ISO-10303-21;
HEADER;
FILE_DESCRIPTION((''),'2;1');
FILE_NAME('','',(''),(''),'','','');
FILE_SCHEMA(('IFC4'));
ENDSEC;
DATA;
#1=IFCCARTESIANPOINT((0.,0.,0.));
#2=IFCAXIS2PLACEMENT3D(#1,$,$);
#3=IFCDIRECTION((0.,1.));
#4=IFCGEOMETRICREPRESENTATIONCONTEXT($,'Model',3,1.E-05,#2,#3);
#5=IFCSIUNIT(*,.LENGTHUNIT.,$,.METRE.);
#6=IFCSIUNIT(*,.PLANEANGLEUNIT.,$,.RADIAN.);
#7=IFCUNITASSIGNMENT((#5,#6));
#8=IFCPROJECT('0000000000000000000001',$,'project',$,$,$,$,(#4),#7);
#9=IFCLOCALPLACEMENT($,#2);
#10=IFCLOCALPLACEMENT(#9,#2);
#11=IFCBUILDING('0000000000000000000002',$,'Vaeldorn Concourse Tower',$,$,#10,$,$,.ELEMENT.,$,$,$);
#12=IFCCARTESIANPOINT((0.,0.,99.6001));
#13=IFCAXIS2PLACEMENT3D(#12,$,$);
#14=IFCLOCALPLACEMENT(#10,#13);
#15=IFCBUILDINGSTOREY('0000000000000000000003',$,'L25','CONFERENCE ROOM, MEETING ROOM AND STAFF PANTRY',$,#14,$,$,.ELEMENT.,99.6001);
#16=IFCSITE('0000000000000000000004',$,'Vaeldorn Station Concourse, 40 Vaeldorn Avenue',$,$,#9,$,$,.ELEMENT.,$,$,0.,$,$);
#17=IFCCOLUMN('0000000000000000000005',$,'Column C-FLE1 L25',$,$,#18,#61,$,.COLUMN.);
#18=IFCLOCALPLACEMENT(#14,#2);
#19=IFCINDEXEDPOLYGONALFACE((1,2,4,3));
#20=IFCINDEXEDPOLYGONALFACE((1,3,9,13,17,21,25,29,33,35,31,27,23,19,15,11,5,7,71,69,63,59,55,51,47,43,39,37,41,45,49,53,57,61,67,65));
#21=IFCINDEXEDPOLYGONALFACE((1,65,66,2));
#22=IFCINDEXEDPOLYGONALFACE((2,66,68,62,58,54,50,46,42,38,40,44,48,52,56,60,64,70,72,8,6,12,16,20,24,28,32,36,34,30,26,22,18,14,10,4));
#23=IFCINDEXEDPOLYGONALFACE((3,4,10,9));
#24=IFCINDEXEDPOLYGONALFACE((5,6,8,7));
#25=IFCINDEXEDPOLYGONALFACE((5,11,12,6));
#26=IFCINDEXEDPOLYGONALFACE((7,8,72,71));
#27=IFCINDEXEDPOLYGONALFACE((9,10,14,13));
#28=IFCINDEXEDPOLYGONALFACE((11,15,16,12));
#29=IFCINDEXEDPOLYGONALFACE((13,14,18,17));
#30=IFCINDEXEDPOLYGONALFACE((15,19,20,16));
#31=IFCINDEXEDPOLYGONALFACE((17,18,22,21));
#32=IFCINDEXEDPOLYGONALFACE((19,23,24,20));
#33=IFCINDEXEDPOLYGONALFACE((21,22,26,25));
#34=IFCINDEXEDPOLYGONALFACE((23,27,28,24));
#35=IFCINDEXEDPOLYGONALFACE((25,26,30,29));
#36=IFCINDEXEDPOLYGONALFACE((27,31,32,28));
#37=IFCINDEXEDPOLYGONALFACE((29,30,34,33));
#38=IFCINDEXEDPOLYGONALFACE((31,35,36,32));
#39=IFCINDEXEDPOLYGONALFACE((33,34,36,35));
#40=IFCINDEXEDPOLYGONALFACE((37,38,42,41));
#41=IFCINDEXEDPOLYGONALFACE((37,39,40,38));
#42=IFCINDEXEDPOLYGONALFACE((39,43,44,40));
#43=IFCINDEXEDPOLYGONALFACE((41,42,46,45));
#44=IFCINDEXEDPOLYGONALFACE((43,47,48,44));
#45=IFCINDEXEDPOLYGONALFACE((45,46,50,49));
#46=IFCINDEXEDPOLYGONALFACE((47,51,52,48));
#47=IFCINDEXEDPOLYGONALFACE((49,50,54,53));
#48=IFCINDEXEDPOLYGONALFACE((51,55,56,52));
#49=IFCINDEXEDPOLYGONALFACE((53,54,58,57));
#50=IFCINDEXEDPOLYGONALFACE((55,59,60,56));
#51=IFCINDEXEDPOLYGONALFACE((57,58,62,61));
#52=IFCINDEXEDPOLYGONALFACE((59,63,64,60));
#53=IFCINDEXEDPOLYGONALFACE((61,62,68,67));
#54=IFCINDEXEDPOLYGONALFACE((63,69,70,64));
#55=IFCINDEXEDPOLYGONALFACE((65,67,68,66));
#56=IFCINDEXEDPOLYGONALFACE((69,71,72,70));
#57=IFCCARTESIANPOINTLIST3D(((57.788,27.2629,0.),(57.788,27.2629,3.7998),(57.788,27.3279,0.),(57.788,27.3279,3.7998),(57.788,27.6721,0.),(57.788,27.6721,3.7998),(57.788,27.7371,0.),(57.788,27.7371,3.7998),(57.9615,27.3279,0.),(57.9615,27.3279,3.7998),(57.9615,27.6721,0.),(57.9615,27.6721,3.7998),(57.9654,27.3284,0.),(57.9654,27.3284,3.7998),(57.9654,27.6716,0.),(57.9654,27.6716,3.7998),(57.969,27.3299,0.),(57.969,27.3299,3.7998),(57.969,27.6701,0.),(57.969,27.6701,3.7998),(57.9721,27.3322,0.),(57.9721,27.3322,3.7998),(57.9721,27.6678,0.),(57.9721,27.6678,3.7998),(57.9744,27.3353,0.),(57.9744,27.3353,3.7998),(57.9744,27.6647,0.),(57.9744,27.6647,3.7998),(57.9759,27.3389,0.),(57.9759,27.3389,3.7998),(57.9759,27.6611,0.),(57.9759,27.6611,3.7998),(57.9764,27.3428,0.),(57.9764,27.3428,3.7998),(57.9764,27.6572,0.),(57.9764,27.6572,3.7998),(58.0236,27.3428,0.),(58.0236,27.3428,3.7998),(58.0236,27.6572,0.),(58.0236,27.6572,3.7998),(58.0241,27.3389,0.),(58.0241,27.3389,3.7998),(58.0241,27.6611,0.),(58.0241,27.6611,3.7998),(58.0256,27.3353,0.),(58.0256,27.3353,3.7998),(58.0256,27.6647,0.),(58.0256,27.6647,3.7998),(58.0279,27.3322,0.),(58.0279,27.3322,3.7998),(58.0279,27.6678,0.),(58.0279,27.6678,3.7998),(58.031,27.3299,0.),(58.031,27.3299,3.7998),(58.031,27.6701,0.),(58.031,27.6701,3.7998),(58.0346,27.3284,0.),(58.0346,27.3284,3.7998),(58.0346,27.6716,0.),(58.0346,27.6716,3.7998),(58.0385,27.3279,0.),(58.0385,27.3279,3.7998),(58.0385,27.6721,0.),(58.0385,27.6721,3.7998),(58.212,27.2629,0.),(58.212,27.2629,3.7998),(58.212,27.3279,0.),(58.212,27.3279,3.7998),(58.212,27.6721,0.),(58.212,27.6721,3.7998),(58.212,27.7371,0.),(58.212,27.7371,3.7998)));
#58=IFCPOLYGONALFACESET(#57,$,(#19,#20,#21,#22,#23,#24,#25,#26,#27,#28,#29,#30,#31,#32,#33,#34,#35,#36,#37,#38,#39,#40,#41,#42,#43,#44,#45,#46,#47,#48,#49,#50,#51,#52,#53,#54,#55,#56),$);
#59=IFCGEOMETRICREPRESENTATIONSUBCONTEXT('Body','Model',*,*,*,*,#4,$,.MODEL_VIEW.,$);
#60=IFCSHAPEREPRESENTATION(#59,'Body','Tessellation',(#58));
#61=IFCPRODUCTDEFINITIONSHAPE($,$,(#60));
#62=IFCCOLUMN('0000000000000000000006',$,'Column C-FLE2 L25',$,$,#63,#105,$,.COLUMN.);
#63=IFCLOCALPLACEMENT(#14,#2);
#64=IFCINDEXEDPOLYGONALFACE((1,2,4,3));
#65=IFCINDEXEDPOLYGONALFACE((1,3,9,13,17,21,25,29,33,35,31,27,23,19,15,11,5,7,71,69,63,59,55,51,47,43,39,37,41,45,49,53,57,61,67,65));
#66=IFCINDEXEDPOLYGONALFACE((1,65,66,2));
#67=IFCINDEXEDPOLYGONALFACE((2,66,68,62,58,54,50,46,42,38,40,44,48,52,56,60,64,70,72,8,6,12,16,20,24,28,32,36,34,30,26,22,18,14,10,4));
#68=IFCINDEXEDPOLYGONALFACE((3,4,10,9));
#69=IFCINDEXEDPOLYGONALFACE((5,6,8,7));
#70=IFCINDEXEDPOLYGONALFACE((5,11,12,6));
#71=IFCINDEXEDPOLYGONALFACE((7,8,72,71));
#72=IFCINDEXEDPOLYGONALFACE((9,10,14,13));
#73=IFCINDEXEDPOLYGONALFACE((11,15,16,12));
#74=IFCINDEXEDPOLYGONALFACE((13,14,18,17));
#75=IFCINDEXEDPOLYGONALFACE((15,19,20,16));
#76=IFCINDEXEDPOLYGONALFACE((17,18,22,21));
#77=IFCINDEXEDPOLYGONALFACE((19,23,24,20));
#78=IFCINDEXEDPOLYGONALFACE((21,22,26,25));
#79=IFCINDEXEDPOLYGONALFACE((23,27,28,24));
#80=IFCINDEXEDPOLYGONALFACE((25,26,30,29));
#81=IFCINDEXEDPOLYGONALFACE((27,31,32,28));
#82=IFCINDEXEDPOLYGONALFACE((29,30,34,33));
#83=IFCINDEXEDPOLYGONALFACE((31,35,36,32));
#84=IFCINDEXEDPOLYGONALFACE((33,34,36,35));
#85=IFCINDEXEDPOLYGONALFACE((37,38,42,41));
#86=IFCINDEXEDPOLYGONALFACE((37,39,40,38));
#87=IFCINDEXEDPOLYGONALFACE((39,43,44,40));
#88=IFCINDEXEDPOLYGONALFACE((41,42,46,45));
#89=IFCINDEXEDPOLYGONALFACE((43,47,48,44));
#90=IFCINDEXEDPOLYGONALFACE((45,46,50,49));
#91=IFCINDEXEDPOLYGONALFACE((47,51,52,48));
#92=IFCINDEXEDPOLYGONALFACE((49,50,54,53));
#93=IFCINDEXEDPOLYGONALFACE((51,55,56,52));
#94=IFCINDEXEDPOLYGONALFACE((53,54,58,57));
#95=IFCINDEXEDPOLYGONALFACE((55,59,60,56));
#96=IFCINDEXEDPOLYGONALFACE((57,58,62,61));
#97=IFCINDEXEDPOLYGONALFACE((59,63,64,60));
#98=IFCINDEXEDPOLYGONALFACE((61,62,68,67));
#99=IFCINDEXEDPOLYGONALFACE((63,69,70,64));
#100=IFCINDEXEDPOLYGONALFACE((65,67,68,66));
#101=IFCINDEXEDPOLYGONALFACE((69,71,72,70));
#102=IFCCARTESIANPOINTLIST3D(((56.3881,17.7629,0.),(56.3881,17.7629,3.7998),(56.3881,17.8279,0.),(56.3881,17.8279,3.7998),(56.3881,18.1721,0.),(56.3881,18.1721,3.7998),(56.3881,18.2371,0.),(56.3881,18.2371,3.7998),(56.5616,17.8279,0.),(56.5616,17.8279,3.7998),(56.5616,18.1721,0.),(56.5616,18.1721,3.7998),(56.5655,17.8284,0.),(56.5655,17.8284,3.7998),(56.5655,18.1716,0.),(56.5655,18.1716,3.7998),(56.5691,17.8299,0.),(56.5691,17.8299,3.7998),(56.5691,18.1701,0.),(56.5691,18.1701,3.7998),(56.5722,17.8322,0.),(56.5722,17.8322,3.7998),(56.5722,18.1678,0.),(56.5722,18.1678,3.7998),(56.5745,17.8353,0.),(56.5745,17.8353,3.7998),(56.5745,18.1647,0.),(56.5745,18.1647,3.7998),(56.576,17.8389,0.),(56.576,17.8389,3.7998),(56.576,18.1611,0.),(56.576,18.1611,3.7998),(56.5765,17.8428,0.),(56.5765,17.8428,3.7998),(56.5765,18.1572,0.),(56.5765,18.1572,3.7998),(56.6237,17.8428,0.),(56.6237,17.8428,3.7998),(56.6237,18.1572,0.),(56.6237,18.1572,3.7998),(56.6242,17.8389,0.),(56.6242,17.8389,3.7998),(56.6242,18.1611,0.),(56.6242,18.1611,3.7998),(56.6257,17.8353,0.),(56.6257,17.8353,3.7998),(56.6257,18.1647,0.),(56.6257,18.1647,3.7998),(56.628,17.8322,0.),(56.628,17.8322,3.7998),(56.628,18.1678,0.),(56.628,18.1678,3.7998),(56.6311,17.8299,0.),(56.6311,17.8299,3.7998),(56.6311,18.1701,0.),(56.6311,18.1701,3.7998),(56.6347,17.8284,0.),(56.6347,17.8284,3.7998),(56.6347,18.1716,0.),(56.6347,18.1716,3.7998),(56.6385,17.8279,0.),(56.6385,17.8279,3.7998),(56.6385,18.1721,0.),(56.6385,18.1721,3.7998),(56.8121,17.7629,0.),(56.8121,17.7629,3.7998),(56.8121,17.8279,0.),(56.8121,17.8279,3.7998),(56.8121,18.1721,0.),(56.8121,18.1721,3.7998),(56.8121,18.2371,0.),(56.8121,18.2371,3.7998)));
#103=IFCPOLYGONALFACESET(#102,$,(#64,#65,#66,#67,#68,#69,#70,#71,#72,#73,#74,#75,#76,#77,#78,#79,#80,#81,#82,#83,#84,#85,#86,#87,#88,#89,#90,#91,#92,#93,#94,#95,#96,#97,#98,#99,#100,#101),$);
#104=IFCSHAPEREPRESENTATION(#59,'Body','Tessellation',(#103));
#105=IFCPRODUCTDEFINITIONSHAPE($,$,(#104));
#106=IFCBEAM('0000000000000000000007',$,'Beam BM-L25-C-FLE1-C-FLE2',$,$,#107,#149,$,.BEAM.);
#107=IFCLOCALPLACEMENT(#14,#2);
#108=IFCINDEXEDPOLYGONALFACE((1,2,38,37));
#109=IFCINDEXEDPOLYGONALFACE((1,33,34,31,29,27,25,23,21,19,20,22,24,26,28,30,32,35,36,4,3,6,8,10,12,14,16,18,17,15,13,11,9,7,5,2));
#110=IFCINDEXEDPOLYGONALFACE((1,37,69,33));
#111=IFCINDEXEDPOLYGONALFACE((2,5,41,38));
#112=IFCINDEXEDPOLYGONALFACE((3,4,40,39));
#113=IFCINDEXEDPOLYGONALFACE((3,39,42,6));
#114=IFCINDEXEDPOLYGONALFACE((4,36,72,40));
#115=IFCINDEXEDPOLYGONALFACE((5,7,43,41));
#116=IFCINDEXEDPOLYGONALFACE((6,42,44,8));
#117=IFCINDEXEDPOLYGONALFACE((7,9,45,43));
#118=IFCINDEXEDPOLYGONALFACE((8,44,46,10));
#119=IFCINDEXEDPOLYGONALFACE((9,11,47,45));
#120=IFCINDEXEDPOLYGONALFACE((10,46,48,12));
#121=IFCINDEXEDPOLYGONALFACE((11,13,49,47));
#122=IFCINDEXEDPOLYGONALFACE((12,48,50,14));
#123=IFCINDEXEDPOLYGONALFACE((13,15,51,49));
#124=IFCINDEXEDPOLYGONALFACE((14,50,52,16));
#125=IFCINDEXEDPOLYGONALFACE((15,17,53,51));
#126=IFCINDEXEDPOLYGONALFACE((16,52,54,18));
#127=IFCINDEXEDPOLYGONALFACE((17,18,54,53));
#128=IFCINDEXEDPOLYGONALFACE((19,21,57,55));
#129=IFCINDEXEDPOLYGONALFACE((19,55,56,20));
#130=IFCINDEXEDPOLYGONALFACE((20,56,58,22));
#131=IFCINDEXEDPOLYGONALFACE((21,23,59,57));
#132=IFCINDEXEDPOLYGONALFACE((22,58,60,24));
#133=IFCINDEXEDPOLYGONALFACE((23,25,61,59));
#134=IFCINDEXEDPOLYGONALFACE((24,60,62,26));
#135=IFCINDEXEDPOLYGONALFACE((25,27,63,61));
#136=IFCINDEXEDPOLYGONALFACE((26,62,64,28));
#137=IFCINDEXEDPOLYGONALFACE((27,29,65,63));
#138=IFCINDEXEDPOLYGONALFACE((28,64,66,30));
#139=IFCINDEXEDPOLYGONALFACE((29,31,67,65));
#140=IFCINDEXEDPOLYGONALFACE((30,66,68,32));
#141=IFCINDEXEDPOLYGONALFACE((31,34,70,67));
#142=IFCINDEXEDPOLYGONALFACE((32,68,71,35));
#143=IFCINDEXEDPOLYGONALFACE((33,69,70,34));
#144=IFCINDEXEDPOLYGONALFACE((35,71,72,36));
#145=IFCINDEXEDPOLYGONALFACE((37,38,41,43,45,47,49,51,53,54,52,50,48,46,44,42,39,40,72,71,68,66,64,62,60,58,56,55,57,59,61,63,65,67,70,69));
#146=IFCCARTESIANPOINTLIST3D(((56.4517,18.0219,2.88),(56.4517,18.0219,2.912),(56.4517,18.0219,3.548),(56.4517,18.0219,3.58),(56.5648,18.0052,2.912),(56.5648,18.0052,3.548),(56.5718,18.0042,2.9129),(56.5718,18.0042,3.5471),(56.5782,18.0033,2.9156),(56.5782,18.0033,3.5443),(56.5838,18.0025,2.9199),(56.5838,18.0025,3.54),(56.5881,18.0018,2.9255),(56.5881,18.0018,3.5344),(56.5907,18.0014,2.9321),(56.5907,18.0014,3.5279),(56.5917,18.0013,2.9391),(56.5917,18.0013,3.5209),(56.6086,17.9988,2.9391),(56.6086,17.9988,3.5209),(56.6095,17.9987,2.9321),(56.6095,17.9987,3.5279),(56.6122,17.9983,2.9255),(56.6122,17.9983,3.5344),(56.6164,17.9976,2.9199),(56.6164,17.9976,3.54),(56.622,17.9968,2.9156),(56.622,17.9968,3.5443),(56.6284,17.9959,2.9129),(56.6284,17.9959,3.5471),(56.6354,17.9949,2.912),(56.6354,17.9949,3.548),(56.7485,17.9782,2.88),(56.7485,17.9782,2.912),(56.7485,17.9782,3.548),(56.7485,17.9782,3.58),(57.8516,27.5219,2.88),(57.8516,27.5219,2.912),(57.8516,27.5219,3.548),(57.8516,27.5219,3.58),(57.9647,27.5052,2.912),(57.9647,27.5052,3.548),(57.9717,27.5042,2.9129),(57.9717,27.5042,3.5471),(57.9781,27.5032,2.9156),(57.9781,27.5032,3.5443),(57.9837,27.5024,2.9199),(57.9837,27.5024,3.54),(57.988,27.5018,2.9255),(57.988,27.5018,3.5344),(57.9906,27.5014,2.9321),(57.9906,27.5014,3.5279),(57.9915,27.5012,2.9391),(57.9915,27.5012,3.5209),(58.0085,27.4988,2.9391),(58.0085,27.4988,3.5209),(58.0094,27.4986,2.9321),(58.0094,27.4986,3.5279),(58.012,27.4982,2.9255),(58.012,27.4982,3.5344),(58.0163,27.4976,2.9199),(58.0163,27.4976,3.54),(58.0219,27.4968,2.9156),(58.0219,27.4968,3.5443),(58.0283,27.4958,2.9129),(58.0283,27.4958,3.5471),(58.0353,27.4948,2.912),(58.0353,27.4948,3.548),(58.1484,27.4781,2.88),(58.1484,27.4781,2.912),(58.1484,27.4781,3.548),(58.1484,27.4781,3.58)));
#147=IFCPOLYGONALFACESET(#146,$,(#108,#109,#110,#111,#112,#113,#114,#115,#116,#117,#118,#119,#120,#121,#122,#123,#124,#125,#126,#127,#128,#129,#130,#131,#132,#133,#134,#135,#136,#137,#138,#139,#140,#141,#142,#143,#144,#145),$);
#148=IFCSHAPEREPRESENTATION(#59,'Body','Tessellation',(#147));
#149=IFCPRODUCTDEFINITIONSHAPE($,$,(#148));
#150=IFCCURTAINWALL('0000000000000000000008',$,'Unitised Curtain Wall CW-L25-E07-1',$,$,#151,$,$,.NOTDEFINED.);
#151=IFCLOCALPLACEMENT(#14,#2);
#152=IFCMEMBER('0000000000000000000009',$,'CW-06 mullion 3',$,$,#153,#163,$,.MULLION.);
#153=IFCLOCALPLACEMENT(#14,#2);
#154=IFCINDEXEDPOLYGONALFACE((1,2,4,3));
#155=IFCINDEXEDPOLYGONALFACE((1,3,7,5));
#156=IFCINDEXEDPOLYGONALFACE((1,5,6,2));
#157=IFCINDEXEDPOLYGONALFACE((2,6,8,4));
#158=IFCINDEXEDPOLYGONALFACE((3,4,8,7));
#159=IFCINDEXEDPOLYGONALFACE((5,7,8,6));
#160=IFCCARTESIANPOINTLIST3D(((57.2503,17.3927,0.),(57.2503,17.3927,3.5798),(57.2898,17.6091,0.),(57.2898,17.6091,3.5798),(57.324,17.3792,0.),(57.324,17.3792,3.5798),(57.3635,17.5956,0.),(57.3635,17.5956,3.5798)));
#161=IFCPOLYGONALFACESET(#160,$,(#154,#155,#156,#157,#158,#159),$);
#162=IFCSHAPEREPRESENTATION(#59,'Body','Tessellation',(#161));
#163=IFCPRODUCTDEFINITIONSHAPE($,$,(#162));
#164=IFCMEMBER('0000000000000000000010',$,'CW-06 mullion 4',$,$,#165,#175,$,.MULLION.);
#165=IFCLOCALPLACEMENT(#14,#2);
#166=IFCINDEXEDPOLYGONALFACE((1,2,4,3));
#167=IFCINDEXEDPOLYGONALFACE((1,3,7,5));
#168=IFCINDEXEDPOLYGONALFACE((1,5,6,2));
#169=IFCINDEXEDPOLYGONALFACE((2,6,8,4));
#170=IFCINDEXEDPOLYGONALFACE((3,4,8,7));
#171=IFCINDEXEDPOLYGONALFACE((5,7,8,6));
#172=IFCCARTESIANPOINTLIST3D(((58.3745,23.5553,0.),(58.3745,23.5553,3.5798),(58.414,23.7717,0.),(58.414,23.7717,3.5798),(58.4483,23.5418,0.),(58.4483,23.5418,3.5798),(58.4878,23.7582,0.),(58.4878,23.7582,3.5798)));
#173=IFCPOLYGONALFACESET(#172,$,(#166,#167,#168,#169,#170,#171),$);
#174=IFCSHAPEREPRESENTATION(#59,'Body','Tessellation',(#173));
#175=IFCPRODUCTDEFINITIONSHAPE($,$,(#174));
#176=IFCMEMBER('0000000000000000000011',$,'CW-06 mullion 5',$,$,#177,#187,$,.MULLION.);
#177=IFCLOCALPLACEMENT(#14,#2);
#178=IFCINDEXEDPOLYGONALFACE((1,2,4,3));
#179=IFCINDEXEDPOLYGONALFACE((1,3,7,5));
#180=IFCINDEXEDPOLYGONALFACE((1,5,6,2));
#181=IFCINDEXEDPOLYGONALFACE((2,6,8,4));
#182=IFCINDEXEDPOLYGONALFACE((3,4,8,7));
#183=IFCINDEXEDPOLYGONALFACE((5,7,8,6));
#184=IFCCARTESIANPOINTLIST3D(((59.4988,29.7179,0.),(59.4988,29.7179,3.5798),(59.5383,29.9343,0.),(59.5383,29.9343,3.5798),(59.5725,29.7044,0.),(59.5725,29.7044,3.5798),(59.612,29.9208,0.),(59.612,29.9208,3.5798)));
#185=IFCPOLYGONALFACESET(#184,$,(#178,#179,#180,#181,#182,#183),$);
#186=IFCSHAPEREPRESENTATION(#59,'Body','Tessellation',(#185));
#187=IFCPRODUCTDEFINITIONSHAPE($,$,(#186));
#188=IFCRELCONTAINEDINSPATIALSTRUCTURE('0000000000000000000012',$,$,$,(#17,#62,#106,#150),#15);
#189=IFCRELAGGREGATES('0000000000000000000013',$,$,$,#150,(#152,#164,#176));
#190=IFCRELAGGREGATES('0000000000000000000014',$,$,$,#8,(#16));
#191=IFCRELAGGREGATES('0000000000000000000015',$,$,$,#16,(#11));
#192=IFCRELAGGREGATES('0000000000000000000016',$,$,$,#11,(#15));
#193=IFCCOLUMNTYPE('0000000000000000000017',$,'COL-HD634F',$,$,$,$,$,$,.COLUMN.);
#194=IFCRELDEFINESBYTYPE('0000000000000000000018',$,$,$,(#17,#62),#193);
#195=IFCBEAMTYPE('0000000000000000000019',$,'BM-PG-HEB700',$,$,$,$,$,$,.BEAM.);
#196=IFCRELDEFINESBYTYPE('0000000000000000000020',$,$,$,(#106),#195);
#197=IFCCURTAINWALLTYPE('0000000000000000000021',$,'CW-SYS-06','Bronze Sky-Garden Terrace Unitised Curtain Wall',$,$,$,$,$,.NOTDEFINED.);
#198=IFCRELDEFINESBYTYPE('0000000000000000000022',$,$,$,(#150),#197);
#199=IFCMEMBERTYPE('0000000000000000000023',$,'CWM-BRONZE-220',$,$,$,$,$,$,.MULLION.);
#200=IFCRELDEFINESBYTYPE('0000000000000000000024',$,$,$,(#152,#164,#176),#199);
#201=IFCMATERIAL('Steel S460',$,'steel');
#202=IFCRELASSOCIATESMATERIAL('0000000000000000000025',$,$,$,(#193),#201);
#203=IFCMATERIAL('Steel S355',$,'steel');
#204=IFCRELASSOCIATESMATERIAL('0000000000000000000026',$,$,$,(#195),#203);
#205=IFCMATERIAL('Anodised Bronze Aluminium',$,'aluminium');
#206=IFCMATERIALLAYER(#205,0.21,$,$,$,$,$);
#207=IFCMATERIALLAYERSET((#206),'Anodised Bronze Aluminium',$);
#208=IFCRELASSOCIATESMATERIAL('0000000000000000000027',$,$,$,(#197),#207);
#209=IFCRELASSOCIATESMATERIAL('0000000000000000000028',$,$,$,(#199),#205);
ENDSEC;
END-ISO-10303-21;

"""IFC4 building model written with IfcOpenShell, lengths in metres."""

from ifc_helpers import new_model, si_unit, direction, frame, origin, origin_2d, place, context, subcontext, project, spatial, rectangle, i_section, extrude, source, transform, mapped, material, layer, layer_set, material_profile, profile_set, type_object, element, aggregate, save


model = new_model("IFC4")

# Units and contexts
model_context = context("Model", 3, precision=1e-05, world=origin(), true_north=direction((0.0, 1.0)))
body_context = subcontext(model_context, "Body", "Model", "MODEL_VIEW")
ifc_project = project(units=[si_unit("LENGTHUNIT", "METRE"), si_unit("PLANEANGLEUNIT", "RADIAN")], contexts=[model_context])

# Site, building, storey
site_placement = place(None, origin())
site = spatial("IfcSite", under=ifc_project, at=site_placement, Name="Vaeldorn Station Concourse, 40 Vaeldorn Avenue", CompositionType="ELEMENT", RefElevation=0.0)
building_placement = place(site_placement, origin())
building = spatial("IfcBuilding", under=site, at=building_placement, Name="Vaeldorn Concourse Tower", CompositionType="ELEMENT")
storey_placement = place(building_placement, frame((0.0, 0.0, 99.6001)))
storey = spatial("IfcBuildingStorey", under=building, at=storey_placement, Name="L25", Description="CONFERENCE ROOM, MEETING ROOM AND STAFF PANTRY", CompositionType="ELEMENT", Elevation=99.6001)

# Columns
ifc_material_1 = material(Name="Steel S460", Category="steel")
ifc_material_profile_1 = material_profile(ifc_material_1, i_section(OverallWidth=0.4241, OverallDepth=0.4741, WebThickness=0.0471, FlangeThickness=0.0649, FilletRadius=0.0149, at=origin_2d()), Name="HD 400x634")
ifc_profile_set_1 = profile_set([ifc_material_profile_1], Name="Steel S460")
column_type = type_object("IfcColumnType", Name="COL-HD634F", PredefinedType="COLUMN", material=ifc_profile_set_1)
shared_shape_1 = source(origin(), body_context, "Body", "SweptSolid", [
    extrude(i_section(OverallWidth=0.4241, OverallDepth=0.4741, WebThickness=0.0471, FlangeThickness=0.0649, FilletRadius=0.0149, at=origin_2d()), origin(), (0.0, 0.0, 1.0), 3.7998),
])
for number, where, z_axis, x_axis, name in (
    (1, (58.0, 27.5, 0.0), (0.0, 0.0, 1.0), (1.0, 0.0, 0.0), "Column C-FLE1 L25"),
    (2, (56.6001, 18.0, 0.0), (0.0, 0.0, 1.0), (1.0, 0.0, 0.0), "Column C-FLE2 L25"),
):
    element("IfcColumn", number, at=place(storey_placement, frame(where, z_axis=z_axis, x_axis=x_axis)), inside=storey, type_object=column_type, Name=name, PredefinedType="COLUMN", context=body_context, shape_type="MappedRepresentation", body=[
        mapped(shared_shape_1, transform((0.0, 0.0, 0.0), scale=1.0)),
    ])

# Beam
ifc_material_2 = material(Name="Steel S355", Category="steel")
ifc_material_profile_2 = material_profile(ifc_material_2, i_section(OverallWidth=0.3, OverallDepth=0.7, WebThickness=0.0171, FlangeThickness=0.032, FilletRadius=0.0271, at=origin_2d()), Name="HEB 700")
ifc_profile_set_2 = profile_set([ifc_material_profile_2], Name="Steel S355")
beam_type = type_object("IfcBeamType", Name="BM-PG-HEB700", PredefinedType="BEAM", material=ifc_profile_set_2)
shared_shape_2 = source(origin(), body_context, "Body", "SweptSolid", [
    extrude(i_section(OverallWidth=0.3, OverallDepth=0.7, WebThickness=0.0171, FlangeThickness=0.032, FilletRadius=0.0271, at=origin_2d()), origin(), (0.0, 0.0, 1.0), 9.6025),
])
beam_placement = place(storey_placement, frame((58.0, 27.5, 3.23), z_axis=(-0.145784, -0.989316, 0.0), x_axis=(0.989316, -0.145784, 0.0)))
element("IfcBeam", 3, at=beam_placement, inside=storey, type_object=beam_type, Name="Beam BM-L25-C-FLE1-C-FLE2", PredefinedType="BEAM", context=body_context, shape_type="MappedRepresentation", body=[
    mapped(shared_shape_2, transform((0.0, 0.0, 0.0), scale=1.0)),
])

# Curtain wall, members
ifc_material_3 = material(Name="Anodised Bronze Aluminium", Category="aluminium")
ifc_layer_1 = layer(ifc_material_3, 0.21)
ifc_layer_set_1 = layer_set([ifc_layer_1], Name="Anodised Bronze Aluminium")
curtain_wall_type = type_object("IfcCurtainWallType", Name="CW-SYS-06", Description="Bronze Sky-Garden Terrace Unitised Curtain Wall", PredefinedType="NOTDEFINED", material=ifc_layer_set_1)
curtain_wall_placement = place(storey_placement, origin())
curtain_wall = element("IfcCurtainWall", 4, at=curtain_wall_placement, inside=storey, type_object=curtain_wall_type, Name="Unitised Curtain Wall CW-L25-E07-1", PredefinedType="NOTDEFINED")
ifc_material_profile_3 = material_profile(ifc_material_3, rectangle(XDim=0.075, YDim=0.22, at=origin_2d()), Name="CWM 75x220")
ifc_profile_set_3 = profile_set([ifc_material_profile_3], Name="Anodised Bronze Aluminium")
member_type_1 = type_object("IfcMemberType", Name="CWM-BRONZE-220", PredefinedType="MULLION", material=ifc_profile_set_3)
shared_shape_3 = source(origin(), body_context, "Body", "SweptSolid", [
    extrude(rectangle(XDim=0.075, YDim=0.22, at=origin_2d()), origin(), (0.0, 0.0, 1.0), 3.5798),
])
member_1_placement = place(storey_placement, frame((57.3069, 17.4941, 0.0), z_axis=(0.0, 0.0, 1.0), x_axis=(-0.983763, 0.179473, 0.0)))
member_1 = element("IfcMember", 5, at=member_1_placement, type_object=member_type_1, Name="CW-06 mullion 3", PredefinedType="MULLION", context=body_context, shape_type="MappedRepresentation", body=[
    mapped(shared_shape_3, transform((0.0, 0.0, 0.0), scale=1.0)),
])
member_2_placement = place(storey_placement, frame((58.4312, 23.6567, 0.0), z_axis=(0.0, 0.0, 1.0), x_axis=(-0.983763, 0.179473, 0.0)))
member_2 = element("IfcMember", 6, at=member_2_placement, type_object=member_type_1, Name="CW-06 mullion 4", PredefinedType="MULLION", context=body_context, shape_type="MappedRepresentation", body=[
    mapped(shared_shape_3, transform((0.0, 0.0, 0.0), scale=1.0)),
])
member_3_placement = place(storey_placement, frame((59.5554, 29.8193, 0.0), z_axis=(0.0, 0.0, 1.0), x_axis=(-0.983763, 0.179473, 0.0)))
member_3 = element("IfcMember", 7, at=member_3_placement, type_object=member_type_1, Name="CW-06 mullion 5", PredefinedType="MULLION", context=body_context, shape_type="MappedRepresentation", body=[
    mapped(shared_shape_3, transform((0.0, 0.0, 0.0), scale=1.0)),
])
aggregate(curtain_wall, [member_1, member_2, member_3])

save(model, "model.ifc")
